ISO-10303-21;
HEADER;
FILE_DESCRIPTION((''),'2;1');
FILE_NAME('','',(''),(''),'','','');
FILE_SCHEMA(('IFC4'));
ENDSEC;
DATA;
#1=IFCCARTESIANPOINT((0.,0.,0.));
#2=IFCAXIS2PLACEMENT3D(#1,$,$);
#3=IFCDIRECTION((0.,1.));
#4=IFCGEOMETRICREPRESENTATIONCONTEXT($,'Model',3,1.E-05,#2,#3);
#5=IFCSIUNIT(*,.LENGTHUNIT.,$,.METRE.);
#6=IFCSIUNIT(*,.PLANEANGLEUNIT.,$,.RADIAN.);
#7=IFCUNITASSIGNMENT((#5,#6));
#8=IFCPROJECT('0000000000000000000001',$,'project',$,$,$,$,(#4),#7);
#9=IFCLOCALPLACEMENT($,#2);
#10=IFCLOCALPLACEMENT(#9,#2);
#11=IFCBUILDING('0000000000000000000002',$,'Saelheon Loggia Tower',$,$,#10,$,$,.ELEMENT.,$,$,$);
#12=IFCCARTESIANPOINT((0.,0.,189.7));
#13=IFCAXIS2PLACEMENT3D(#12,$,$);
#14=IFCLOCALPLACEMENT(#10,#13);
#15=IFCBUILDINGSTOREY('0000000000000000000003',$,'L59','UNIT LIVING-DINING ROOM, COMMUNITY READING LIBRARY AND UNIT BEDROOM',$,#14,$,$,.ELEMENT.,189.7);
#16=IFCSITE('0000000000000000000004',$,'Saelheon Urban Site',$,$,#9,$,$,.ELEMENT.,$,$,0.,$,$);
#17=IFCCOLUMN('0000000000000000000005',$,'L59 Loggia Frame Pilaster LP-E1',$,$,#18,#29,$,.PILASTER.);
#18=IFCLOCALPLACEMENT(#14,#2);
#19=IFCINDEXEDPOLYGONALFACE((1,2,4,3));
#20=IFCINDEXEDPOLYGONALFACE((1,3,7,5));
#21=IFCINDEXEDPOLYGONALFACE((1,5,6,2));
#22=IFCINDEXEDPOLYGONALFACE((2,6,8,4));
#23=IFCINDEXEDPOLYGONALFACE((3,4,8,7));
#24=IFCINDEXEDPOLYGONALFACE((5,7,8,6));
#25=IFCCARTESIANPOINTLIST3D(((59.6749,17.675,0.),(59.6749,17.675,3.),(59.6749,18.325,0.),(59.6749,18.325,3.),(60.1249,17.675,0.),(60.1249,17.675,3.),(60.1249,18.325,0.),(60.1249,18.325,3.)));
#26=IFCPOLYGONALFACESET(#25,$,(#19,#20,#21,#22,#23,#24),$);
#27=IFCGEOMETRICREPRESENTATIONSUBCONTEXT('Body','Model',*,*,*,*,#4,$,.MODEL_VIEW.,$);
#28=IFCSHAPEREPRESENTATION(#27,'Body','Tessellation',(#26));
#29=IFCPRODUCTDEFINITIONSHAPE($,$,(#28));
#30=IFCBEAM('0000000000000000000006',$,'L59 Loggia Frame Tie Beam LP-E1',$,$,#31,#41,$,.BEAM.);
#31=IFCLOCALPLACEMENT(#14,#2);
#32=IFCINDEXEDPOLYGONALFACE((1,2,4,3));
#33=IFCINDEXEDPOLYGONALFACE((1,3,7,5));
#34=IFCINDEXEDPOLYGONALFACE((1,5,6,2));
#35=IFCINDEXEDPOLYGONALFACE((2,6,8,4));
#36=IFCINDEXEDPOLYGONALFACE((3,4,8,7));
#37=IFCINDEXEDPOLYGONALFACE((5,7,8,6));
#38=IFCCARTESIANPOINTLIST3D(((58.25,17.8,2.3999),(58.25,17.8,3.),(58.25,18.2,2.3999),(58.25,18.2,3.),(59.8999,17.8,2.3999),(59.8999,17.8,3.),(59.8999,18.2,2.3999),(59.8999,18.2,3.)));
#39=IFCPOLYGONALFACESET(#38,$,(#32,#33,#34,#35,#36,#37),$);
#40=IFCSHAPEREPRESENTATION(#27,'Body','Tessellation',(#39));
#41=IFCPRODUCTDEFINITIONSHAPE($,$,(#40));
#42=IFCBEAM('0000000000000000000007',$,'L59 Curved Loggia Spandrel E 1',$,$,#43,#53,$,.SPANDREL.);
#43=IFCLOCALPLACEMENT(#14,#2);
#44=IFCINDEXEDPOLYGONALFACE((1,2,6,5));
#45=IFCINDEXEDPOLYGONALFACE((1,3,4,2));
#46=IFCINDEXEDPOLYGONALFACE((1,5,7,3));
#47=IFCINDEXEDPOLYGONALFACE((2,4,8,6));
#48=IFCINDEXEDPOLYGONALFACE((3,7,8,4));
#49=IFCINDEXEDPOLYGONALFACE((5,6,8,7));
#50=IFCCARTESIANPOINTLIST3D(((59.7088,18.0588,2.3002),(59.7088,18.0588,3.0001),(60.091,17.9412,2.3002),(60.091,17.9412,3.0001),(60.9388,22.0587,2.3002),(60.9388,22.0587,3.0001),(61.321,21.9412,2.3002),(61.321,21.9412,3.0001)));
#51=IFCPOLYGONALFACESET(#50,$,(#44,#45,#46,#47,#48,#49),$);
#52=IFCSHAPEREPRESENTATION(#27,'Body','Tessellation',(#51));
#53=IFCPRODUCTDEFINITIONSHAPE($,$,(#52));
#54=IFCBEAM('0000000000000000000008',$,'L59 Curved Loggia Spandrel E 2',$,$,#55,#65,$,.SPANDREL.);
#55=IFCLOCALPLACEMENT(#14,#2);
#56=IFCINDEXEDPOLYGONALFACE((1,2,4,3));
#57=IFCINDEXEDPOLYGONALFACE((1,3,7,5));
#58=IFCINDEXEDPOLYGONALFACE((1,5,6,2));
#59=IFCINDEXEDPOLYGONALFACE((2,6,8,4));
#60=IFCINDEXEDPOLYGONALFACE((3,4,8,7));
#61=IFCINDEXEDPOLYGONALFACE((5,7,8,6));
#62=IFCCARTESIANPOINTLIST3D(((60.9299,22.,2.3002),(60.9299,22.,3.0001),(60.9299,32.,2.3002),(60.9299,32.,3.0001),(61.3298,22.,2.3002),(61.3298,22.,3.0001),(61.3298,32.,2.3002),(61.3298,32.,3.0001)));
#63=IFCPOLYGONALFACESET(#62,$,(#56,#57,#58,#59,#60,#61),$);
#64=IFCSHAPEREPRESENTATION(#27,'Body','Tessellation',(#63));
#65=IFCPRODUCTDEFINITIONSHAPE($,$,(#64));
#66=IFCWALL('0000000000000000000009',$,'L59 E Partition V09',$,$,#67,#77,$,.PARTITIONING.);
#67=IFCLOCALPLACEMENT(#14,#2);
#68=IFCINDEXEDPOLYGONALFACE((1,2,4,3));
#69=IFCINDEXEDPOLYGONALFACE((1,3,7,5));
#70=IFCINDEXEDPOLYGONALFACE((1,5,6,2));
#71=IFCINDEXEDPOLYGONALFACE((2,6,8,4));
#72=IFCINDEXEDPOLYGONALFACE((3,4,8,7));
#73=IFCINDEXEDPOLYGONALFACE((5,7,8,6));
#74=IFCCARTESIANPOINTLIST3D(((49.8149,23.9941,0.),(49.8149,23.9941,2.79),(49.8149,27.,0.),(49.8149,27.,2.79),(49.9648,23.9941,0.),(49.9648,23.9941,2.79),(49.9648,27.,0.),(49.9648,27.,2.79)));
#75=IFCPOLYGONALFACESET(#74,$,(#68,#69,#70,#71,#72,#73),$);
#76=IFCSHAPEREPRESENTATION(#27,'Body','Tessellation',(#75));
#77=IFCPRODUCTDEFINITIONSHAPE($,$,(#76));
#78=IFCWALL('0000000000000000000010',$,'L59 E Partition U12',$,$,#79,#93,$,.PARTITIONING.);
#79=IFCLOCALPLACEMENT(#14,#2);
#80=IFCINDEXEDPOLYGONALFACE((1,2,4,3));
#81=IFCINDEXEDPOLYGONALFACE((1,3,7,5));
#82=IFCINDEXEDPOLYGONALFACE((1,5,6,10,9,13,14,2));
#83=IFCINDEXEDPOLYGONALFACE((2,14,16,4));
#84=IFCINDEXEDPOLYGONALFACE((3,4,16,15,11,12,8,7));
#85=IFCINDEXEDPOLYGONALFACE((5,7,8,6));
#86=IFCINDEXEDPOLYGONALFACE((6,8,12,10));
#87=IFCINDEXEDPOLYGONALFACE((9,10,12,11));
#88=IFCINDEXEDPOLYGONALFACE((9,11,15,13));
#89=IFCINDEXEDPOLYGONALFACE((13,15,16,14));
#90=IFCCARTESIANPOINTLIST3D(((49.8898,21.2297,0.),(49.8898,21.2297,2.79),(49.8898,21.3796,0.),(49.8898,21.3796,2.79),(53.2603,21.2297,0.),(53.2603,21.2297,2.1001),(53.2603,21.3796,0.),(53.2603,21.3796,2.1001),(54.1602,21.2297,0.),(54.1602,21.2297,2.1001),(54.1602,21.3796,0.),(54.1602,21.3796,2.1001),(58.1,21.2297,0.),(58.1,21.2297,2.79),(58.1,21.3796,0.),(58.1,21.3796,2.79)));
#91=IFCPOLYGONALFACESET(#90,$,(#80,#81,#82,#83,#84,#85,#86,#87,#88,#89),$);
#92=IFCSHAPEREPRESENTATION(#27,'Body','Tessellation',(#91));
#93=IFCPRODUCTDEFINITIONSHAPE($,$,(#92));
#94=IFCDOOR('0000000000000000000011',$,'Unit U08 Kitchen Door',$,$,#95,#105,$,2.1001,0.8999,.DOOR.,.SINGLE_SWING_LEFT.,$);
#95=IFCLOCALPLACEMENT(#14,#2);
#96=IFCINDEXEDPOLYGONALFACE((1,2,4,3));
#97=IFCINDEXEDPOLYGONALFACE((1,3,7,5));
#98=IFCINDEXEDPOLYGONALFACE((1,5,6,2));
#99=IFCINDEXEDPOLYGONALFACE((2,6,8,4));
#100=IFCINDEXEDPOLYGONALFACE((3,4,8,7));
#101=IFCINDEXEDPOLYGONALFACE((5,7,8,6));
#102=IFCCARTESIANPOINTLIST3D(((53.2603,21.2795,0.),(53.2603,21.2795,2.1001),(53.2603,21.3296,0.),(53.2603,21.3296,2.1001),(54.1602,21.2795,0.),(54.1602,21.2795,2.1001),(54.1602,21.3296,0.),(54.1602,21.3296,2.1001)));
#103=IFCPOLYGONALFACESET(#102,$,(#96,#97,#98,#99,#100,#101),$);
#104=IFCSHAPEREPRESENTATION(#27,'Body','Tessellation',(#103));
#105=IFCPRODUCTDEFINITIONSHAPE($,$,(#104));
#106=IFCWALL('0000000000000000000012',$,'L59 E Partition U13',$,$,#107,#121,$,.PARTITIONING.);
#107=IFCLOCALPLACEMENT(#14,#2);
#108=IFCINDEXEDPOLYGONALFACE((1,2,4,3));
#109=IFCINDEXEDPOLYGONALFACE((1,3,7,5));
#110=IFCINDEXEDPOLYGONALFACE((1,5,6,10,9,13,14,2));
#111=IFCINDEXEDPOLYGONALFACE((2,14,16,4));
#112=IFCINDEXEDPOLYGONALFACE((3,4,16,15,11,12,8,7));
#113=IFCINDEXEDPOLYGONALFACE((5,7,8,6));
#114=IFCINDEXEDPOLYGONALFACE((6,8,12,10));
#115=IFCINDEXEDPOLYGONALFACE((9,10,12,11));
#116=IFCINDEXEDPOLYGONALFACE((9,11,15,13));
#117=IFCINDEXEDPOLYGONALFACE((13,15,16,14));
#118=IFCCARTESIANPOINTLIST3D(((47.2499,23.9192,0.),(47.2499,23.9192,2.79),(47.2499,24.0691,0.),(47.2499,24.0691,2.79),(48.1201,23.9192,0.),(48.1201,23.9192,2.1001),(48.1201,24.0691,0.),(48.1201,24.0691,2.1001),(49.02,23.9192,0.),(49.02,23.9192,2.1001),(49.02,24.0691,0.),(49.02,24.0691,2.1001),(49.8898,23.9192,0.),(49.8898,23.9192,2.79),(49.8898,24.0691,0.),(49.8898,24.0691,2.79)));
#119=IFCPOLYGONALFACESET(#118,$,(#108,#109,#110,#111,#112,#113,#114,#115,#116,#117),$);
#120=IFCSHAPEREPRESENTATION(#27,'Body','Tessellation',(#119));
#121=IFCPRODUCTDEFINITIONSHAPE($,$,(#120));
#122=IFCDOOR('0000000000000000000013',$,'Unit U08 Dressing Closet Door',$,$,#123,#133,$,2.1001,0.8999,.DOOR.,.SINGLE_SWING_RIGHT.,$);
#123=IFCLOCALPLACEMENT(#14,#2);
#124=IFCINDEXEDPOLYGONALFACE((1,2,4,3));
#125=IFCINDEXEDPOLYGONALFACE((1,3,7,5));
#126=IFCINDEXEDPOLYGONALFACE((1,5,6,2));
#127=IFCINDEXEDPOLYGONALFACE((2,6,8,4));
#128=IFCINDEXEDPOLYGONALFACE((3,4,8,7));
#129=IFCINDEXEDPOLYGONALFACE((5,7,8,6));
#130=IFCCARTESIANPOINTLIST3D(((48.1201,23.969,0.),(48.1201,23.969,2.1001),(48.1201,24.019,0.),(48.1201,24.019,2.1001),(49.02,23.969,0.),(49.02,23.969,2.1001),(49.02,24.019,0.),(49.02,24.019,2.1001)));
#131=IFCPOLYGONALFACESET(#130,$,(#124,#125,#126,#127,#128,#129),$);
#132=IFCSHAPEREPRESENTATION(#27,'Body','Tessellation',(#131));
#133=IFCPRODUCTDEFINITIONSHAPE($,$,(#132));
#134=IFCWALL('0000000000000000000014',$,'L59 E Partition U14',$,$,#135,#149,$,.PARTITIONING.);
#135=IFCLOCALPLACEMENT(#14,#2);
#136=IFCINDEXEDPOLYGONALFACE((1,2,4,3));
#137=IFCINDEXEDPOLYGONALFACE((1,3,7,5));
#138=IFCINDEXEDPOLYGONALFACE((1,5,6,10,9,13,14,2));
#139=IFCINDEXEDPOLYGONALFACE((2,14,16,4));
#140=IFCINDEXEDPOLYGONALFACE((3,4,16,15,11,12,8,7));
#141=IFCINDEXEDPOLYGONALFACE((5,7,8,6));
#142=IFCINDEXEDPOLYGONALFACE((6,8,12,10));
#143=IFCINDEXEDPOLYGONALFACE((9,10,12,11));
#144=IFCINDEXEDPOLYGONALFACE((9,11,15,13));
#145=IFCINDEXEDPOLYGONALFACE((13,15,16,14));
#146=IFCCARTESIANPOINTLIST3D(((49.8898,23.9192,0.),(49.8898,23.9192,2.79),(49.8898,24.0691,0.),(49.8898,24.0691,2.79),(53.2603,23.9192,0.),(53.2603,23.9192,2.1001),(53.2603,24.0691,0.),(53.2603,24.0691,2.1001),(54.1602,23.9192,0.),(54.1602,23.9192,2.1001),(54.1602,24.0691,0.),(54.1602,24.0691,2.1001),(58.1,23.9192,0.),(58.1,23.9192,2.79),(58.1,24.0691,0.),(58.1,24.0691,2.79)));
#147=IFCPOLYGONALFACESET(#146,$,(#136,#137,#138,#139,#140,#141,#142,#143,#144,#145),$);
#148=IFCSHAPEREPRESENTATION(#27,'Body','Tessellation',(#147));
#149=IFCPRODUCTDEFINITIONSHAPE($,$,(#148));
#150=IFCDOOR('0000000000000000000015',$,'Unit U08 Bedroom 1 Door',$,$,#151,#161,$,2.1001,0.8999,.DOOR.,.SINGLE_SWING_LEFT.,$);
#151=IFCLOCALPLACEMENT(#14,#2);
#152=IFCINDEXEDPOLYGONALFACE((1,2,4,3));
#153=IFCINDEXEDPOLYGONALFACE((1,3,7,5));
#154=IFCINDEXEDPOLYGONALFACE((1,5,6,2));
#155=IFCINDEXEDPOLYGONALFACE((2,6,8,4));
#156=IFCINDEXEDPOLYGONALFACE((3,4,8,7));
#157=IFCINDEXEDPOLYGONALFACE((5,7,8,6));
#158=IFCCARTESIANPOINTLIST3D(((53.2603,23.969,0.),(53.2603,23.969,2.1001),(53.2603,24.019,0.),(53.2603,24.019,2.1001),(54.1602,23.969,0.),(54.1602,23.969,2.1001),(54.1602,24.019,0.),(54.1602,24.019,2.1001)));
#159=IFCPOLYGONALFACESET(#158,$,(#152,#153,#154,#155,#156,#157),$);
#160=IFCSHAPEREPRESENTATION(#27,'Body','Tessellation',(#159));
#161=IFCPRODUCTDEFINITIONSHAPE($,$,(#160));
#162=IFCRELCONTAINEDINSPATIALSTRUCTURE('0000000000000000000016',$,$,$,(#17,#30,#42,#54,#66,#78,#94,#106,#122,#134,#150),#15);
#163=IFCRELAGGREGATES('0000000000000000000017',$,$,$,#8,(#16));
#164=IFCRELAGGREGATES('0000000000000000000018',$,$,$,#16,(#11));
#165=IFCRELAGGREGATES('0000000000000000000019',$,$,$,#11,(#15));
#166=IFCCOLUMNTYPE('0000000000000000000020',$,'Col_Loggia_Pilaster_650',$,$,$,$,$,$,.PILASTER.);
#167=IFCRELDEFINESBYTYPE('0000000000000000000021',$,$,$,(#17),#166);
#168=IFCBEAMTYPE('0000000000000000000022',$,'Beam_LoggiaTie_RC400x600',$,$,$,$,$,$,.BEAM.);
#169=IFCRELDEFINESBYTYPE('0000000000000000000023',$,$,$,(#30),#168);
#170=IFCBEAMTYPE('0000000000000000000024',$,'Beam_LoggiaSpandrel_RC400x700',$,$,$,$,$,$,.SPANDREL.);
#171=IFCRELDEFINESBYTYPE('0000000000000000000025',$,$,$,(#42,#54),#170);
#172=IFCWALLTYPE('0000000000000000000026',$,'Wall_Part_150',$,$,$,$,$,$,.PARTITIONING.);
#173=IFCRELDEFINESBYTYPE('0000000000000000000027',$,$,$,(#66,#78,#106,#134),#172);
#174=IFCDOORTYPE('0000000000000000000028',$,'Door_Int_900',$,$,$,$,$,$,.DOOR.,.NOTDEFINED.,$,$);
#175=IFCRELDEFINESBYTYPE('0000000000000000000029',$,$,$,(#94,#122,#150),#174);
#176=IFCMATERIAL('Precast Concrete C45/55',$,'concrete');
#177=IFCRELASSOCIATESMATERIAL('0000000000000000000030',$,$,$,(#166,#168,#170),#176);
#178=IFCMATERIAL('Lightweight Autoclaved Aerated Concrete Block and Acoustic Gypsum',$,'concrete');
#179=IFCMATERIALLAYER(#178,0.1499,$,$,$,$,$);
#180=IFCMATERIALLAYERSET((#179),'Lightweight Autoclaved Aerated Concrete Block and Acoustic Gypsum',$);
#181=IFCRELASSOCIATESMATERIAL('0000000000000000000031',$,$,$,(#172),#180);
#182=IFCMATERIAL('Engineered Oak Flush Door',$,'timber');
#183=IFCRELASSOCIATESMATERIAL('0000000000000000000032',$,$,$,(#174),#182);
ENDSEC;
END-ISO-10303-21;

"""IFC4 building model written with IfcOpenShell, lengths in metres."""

from ifc_helpers import new_model, si_unit, direction, frame, frame_2d, origin, origin_2d, place, context, subcontext, project, spatial, rectangle, extrude, source, transform, mapped, material, layer, layer_set, material_profile, profile_set, type_object, element, fill, save


model = new_model("IFC4")

# Units and contexts
model_context = context("Model", 3, precision=1e-05, world=origin(), true_north=direction((0.0, 1.0)))
body_context = subcontext(model_context, "Body", "Model", "MODEL_VIEW")
ifc_project = project(units=[si_unit("LENGTHUNIT", "METRE"), si_unit("PLANEANGLEUNIT", "RADIAN")], contexts=[model_context])

# Site, building, storey
site_placement = place(None, origin())
site = spatial("IfcSite", under=ifc_project, at=site_placement, Name="Saelheon Urban Site", CompositionType="ELEMENT", RefElevation=0.0)
building_placement = place(site_placement, origin())
building = spatial("IfcBuilding", under=site, at=building_placement, Name="Saelheon Loggia Tower", CompositionType="ELEMENT")
storey_placement = place(building_placement, frame((0.0, 0.0, 189.7)))
storey = spatial("IfcBuildingStorey", under=building, at=storey_placement, Name="L59", Description="UNIT LIVING-DINING ROOM, COMMUNITY READING LIBRARY AND UNIT BEDROOM", CompositionType="ELEMENT", Elevation=189.7)

# Column
ifc_material_1 = material(Name="Precast Concrete C45/55", Category="concrete")
ifc_material_profile_1 = material_profile(ifc_material_1, rectangle(XDim=0.45, YDim=0.6499, at=origin_2d()), Name="RC-450x650")
ifc_profile_set_1 = profile_set([ifc_material_profile_1], Name="Precast Concrete C45/55")
column_type = type_object("IfcColumnType", Name="Col_Loggia_Pilaster_650", PredefinedType="PILASTER", material=ifc_profile_set_1)
shared_shape_1 = source(origin(), body_context, "Body", "SweptSolid", [
    extrude(rectangle(XDim=0.45, YDim=0.6499, at=origin_2d()), origin(), (0.0, 0.0, 1.0), 3.0),
])
column_placement = place(storey_placement, frame((59.8999, 18.0, 0.0), z_axis=(0.0, 0.0, 1.0), x_axis=(1.0, 0.0, 0.0)))
element("IfcColumn", 1, at=column_placement, inside=storey, type_object=column_type, Name="L59 Loggia Frame Pilaster LP-E1", PredefinedType="PILASTER", context=body_context, shape_type="MappedRepresentation", body=[
    mapped(shared_shape_1, transform((0.0, 0.0, 0.0), scale=1.0)),
])

# Beams
ifc_material_profile_2 = material_profile(ifc_material_1, rectangle(XDim=0.3999, YDim=0.6001, at=origin_2d()), Name="RC-400x600")
ifc_profile_set_2 = profile_set([ifc_material_profile_2], Name="Precast Concrete C45/55")
beam_type_1 = type_object("IfcBeamType", Name="Beam_LoggiaTie_RC400x600", PredefinedType="BEAM", material=ifc_profile_set_2)
shared_shape_2 = source(origin(), body_context, "Body", "SweptSolid", [
    extrude(rectangle(XDim=0.3999, YDim=0.6001, at=origin_2d()), origin(), (0.0, 0.0, 1.0), 1.6499),
])
beam_1_placement = place(storey_placement, frame((58.25, 18.0, 2.7), z_axis=(1.0, 0.0, 0.0), x_axis=(0.0, 1.0, 0.0)))
element("IfcBeam", 2, at=beam_1_placement, inside=storey, type_object=beam_type_1, Name="L59 Loggia Frame Tie Beam LP-E1", PredefinedType="BEAM", context=body_context, shape_type="MappedRepresentation", body=[
    mapped(shared_shape_2, transform((0.0, 0.0, 0.0), scale=1.0)),
])
ifc_material_profile_3 = material_profile(ifc_material_1, rectangle(XDim=0.3999, YDim=0.7, at=origin_2d()), Name="RC-400x700")
ifc_profile_set_3 = profile_set([ifc_material_profile_3], Name="Precast Concrete C45/55")
beam_type_2 = type_object("IfcBeamType", Name="Beam_LoggiaSpandrel_RC400x700", PredefinedType="SPANDREL", material=ifc_profile_set_3)
shared_shape_3 = source(origin(), body_context, "Body", "SweptSolid", [
    extrude(rectangle(XDim=0.3999, YDim=0.7, at=origin_2d()), origin(), (0.0, 0.0, 1.0), 4.1848),
])
beam_2_placement = place(storey_placement, frame((59.8999, 18.0, 2.6501), z_axis=(0.293914, 0.955832, 0.0), x_axis=(-0.955832, 0.293914, 0.0)))
element("IfcBeam", 3, at=beam_2_placement, inside=storey, type_object=beam_type_2, Name="L59 Curved Loggia Spandrel E 1", PredefinedType="SPANDREL", context=body_context, shape_type="MappedRepresentation", body=[
    mapped(shared_shape_3, transform((0.0, 0.0, 0.0), scale=1.0)),
])
shared_shape_4 = source(origin(), body_context, "Body", "SweptSolid", [
    extrude(rectangle(XDim=0.3999, YDim=0.7, at=origin_2d()), origin(), (0.0, 0.0, 1.0), 10.0),
])
beam_3_placement = place(storey_placement, frame((61.1299, 22.0, 2.6501), z_axis=(0.0, 1.0, 0.0), x_axis=(-1.0, 0.0, 0.0)))
element("IfcBeam", 4, at=beam_3_placement, inside=storey, type_object=beam_type_2, Name="L59 Curved Loggia Spandrel E 2", PredefinedType="SPANDREL", context=body_context, shape_type="MappedRepresentation", body=[
    mapped(shared_shape_4, transform((0.0, 0.0, 0.0), scale=1.0)),
])

# Wall
ifc_material_2 = material(Name="Lightweight Autoclaved Aerated Concrete Block and Acoustic Gypsum", Category="concrete")
ifc_layer_1 = layer(ifc_material_2, 0.1499)
ifc_layer_set_1 = layer_set([ifc_layer_1], Name="Lightweight Autoclaved Aerated Concrete Block and Acoustic Gypsum")
wall_type_1 = type_object("IfcWallType", Name="Wall_Part_150", PredefinedType="PARTITIONING", material=ifc_layer_set_1)
wall_1_placement = place(storey_placement, frame((49.8899, 23.9941, 0.0), z_axis=(0.0, 0.0, 1.0), x_axis=(0.0, 1.0, 0.0)))
element("IfcWall", 5, at=wall_1_placement, inside=storey, type_object=wall_type_1, Name="L59 E Partition V09", PredefinedType="PARTITIONING", context=body_context, shape_type="SweptSolid", body=[
    extrude(rectangle(XDim=3.0059, YDim=0.1499, at=frame_2d((1.5029, 0.0))), origin(), (0.0, 0.0, 1.0), 2.79),
])

# Walls, openings, doors
wall_2_placement = place(storey_placement, frame((49.8899, 21.3047, 0.0), z_axis=(0.0, 0.0, 1.0), x_axis=(1.0, 0.0, 0.0)))
wall_2 = element("IfcWall", 6, at=wall_2_placement, inside=storey, type_object=wall_type_1, Name="L59 E Partition U12", PredefinedType="PARTITIONING", context=body_context, shape_type="SweptSolid", body=[
    extrude(rectangle(XDim=8.2102, YDim=0.1499, at=frame_2d((4.105, 0.0))), origin(), (0.0, 0.0, 1.0), 2.79),
])
opening_1_placement = place(wall_2_placement, frame((3.3704, 0.0, 0.0)))
opening_1 = element("IfcOpeningElement", 7, at=opening_1_placement, cuts=wall_2, PredefinedType="OPENING", context=body_context, shape_type="SweptSolid", body=[
    extrude(rectangle(XDim=0.8999, YDim=2.1001, at=frame_2d((0.45, 1.05))), frame((0.0, 0.0869, 0.0), z_axis=(0.0, -1.0, 0.0), x_axis=(1.0, 0.0, 0.0)), (0.0, 0.0, 1.0), 0.1738),
])
ifc_material_3 = material(Name="Engineered Oak Flush Door", Category="timber")
door_type_1 = type_object("IfcDoorType", Name="Door_Int_900", OperationType="NOTDEFINED", PredefinedType="DOOR", material=ifc_material_3)
shared_shape_5 = source(origin(), body_context, "Body", "SweptSolid", [
    extrude(rectangle(XDim=0.8999, YDim=2.1001, at=frame_2d((0.45, 1.05))), frame((0.0, 0.0249, 0.0), z_axis=(0.0, -1.0, 0.0), x_axis=(1.0, 0.0, 0.0)), (0.0, 0.0, 1.0), 0.05),
])
door_1_placement = place(opening_1_placement, origin())
door_1 = element("IfcDoor", 8, at=door_1_placement, inside=storey, type_object=door_type_1, Name="Unit U08 Kitchen Door", OperationType="SINGLE_SWING_LEFT", OverallHeight=2.1001, OverallWidth=0.8999, PredefinedType="DOOR", context=body_context, shape_type="MappedRepresentation", body=[
    mapped(shared_shape_5, transform((0.0, 0.0, 0.0), scale=1.0)),
])
fill(opening_1, door_1)
wall_3_placement = place(storey_placement, frame((47.25, 23.9941, 0.0), z_axis=(0.0, 0.0, 1.0), x_axis=(1.0, 0.0, 0.0)))
wall_3 = element("IfcWall", 9, at=wall_3_placement, inside=storey, type_object=wall_type_1, Name="L59 E Partition U13", PredefinedType="PARTITIONING", context=body_context, shape_type="SweptSolid", body=[
    extrude(rectangle(XDim=2.6399, YDim=0.1499, at=frame_2d((1.3198, 0.0))), origin(), (0.0, 0.0, 1.0), 2.79),
])
opening_2_placement = place(wall_3_placement, frame((0.8701, 0.0, 0.0)))
opening_2 = element("IfcOpeningElement", 10, at=opening_2_placement, cuts=wall_3, PredefinedType="OPENING", context=body_context, shape_type="SweptSolid", body=[
    extrude(rectangle(XDim=0.8999, YDim=2.1001, at=frame_2d((0.45, 1.05))), frame((0.0, 0.0869, 0.0), z_axis=(0.0, -1.0, 0.0), x_axis=(1.0, 0.0, 0.0)), (0.0, 0.0, 1.0), 0.1738),
])
door_2_placement = place(opening_2_placement, origin())
door_2 = element("IfcDoor", 11, at=door_2_placement, inside=storey, type_object=door_type_1, Name="Unit U08 Dressing Closet Door", OperationType="SINGLE_SWING_RIGHT", OverallHeight=2.1001, OverallWidth=0.8999, PredefinedType="DOOR", context=body_context, shape_type="MappedRepresentation", body=[
    mapped(shared_shape_5, transform((0.0, 0.0, 0.0), scale=1.0)),
])
fill(opening_2, door_2)
wall_4_placement = place(storey_placement, frame((49.8899, 23.9941, 0.0), z_axis=(0.0, 0.0, 1.0), x_axis=(1.0, 0.0, 0.0)))
wall_4 = element("IfcWall", 12, at=wall_4_placement, inside=storey, type_object=wall_type_1, Name="L59 E Partition U14", PredefinedType="PARTITIONING", context=body_context, shape_type="SweptSolid", body=[
    extrude(rectangle(XDim=8.2102, YDim=0.1499, at=frame_2d((4.105, 0.0))), origin(), (0.0, 0.0, 1.0), 2.79),
])
opening_3_placement = place(wall_4_placement, frame((3.3704, 0.0, 0.0)))
opening_3 = element("IfcOpeningElement", 13, at=opening_3_placement, cuts=wall_4, PredefinedType="OPENING", context=body_context, shape_type="SweptSolid", body=[
    extrude(rectangle(XDim=0.8999, YDim=2.1001, at=frame_2d((0.45, 1.05))), frame((0.0, 0.0869, 0.0), z_axis=(0.0, -1.0, 0.0), x_axis=(1.0, 0.0, 0.0)), (0.0, 0.0, 1.0), 0.1738),
])
door_3_placement = place(opening_3_placement, origin())
door_3 = element("IfcDoor", 14, at=door_3_placement, inside=storey, type_object=door_type_1, Name="Unit U08 Bedroom 1 Door", OperationType="SINGLE_SWING_LEFT", OverallHeight=2.1001, OverallWidth=0.8999, PredefinedType="DOOR", context=body_context, shape_type="MappedRepresentation", body=[
    mapped(shared_shape_5, transform((0.0, 0.0, 0.0), scale=1.0)),
])
fill(opening_3, door_3)

save(model, "model.ifc")
